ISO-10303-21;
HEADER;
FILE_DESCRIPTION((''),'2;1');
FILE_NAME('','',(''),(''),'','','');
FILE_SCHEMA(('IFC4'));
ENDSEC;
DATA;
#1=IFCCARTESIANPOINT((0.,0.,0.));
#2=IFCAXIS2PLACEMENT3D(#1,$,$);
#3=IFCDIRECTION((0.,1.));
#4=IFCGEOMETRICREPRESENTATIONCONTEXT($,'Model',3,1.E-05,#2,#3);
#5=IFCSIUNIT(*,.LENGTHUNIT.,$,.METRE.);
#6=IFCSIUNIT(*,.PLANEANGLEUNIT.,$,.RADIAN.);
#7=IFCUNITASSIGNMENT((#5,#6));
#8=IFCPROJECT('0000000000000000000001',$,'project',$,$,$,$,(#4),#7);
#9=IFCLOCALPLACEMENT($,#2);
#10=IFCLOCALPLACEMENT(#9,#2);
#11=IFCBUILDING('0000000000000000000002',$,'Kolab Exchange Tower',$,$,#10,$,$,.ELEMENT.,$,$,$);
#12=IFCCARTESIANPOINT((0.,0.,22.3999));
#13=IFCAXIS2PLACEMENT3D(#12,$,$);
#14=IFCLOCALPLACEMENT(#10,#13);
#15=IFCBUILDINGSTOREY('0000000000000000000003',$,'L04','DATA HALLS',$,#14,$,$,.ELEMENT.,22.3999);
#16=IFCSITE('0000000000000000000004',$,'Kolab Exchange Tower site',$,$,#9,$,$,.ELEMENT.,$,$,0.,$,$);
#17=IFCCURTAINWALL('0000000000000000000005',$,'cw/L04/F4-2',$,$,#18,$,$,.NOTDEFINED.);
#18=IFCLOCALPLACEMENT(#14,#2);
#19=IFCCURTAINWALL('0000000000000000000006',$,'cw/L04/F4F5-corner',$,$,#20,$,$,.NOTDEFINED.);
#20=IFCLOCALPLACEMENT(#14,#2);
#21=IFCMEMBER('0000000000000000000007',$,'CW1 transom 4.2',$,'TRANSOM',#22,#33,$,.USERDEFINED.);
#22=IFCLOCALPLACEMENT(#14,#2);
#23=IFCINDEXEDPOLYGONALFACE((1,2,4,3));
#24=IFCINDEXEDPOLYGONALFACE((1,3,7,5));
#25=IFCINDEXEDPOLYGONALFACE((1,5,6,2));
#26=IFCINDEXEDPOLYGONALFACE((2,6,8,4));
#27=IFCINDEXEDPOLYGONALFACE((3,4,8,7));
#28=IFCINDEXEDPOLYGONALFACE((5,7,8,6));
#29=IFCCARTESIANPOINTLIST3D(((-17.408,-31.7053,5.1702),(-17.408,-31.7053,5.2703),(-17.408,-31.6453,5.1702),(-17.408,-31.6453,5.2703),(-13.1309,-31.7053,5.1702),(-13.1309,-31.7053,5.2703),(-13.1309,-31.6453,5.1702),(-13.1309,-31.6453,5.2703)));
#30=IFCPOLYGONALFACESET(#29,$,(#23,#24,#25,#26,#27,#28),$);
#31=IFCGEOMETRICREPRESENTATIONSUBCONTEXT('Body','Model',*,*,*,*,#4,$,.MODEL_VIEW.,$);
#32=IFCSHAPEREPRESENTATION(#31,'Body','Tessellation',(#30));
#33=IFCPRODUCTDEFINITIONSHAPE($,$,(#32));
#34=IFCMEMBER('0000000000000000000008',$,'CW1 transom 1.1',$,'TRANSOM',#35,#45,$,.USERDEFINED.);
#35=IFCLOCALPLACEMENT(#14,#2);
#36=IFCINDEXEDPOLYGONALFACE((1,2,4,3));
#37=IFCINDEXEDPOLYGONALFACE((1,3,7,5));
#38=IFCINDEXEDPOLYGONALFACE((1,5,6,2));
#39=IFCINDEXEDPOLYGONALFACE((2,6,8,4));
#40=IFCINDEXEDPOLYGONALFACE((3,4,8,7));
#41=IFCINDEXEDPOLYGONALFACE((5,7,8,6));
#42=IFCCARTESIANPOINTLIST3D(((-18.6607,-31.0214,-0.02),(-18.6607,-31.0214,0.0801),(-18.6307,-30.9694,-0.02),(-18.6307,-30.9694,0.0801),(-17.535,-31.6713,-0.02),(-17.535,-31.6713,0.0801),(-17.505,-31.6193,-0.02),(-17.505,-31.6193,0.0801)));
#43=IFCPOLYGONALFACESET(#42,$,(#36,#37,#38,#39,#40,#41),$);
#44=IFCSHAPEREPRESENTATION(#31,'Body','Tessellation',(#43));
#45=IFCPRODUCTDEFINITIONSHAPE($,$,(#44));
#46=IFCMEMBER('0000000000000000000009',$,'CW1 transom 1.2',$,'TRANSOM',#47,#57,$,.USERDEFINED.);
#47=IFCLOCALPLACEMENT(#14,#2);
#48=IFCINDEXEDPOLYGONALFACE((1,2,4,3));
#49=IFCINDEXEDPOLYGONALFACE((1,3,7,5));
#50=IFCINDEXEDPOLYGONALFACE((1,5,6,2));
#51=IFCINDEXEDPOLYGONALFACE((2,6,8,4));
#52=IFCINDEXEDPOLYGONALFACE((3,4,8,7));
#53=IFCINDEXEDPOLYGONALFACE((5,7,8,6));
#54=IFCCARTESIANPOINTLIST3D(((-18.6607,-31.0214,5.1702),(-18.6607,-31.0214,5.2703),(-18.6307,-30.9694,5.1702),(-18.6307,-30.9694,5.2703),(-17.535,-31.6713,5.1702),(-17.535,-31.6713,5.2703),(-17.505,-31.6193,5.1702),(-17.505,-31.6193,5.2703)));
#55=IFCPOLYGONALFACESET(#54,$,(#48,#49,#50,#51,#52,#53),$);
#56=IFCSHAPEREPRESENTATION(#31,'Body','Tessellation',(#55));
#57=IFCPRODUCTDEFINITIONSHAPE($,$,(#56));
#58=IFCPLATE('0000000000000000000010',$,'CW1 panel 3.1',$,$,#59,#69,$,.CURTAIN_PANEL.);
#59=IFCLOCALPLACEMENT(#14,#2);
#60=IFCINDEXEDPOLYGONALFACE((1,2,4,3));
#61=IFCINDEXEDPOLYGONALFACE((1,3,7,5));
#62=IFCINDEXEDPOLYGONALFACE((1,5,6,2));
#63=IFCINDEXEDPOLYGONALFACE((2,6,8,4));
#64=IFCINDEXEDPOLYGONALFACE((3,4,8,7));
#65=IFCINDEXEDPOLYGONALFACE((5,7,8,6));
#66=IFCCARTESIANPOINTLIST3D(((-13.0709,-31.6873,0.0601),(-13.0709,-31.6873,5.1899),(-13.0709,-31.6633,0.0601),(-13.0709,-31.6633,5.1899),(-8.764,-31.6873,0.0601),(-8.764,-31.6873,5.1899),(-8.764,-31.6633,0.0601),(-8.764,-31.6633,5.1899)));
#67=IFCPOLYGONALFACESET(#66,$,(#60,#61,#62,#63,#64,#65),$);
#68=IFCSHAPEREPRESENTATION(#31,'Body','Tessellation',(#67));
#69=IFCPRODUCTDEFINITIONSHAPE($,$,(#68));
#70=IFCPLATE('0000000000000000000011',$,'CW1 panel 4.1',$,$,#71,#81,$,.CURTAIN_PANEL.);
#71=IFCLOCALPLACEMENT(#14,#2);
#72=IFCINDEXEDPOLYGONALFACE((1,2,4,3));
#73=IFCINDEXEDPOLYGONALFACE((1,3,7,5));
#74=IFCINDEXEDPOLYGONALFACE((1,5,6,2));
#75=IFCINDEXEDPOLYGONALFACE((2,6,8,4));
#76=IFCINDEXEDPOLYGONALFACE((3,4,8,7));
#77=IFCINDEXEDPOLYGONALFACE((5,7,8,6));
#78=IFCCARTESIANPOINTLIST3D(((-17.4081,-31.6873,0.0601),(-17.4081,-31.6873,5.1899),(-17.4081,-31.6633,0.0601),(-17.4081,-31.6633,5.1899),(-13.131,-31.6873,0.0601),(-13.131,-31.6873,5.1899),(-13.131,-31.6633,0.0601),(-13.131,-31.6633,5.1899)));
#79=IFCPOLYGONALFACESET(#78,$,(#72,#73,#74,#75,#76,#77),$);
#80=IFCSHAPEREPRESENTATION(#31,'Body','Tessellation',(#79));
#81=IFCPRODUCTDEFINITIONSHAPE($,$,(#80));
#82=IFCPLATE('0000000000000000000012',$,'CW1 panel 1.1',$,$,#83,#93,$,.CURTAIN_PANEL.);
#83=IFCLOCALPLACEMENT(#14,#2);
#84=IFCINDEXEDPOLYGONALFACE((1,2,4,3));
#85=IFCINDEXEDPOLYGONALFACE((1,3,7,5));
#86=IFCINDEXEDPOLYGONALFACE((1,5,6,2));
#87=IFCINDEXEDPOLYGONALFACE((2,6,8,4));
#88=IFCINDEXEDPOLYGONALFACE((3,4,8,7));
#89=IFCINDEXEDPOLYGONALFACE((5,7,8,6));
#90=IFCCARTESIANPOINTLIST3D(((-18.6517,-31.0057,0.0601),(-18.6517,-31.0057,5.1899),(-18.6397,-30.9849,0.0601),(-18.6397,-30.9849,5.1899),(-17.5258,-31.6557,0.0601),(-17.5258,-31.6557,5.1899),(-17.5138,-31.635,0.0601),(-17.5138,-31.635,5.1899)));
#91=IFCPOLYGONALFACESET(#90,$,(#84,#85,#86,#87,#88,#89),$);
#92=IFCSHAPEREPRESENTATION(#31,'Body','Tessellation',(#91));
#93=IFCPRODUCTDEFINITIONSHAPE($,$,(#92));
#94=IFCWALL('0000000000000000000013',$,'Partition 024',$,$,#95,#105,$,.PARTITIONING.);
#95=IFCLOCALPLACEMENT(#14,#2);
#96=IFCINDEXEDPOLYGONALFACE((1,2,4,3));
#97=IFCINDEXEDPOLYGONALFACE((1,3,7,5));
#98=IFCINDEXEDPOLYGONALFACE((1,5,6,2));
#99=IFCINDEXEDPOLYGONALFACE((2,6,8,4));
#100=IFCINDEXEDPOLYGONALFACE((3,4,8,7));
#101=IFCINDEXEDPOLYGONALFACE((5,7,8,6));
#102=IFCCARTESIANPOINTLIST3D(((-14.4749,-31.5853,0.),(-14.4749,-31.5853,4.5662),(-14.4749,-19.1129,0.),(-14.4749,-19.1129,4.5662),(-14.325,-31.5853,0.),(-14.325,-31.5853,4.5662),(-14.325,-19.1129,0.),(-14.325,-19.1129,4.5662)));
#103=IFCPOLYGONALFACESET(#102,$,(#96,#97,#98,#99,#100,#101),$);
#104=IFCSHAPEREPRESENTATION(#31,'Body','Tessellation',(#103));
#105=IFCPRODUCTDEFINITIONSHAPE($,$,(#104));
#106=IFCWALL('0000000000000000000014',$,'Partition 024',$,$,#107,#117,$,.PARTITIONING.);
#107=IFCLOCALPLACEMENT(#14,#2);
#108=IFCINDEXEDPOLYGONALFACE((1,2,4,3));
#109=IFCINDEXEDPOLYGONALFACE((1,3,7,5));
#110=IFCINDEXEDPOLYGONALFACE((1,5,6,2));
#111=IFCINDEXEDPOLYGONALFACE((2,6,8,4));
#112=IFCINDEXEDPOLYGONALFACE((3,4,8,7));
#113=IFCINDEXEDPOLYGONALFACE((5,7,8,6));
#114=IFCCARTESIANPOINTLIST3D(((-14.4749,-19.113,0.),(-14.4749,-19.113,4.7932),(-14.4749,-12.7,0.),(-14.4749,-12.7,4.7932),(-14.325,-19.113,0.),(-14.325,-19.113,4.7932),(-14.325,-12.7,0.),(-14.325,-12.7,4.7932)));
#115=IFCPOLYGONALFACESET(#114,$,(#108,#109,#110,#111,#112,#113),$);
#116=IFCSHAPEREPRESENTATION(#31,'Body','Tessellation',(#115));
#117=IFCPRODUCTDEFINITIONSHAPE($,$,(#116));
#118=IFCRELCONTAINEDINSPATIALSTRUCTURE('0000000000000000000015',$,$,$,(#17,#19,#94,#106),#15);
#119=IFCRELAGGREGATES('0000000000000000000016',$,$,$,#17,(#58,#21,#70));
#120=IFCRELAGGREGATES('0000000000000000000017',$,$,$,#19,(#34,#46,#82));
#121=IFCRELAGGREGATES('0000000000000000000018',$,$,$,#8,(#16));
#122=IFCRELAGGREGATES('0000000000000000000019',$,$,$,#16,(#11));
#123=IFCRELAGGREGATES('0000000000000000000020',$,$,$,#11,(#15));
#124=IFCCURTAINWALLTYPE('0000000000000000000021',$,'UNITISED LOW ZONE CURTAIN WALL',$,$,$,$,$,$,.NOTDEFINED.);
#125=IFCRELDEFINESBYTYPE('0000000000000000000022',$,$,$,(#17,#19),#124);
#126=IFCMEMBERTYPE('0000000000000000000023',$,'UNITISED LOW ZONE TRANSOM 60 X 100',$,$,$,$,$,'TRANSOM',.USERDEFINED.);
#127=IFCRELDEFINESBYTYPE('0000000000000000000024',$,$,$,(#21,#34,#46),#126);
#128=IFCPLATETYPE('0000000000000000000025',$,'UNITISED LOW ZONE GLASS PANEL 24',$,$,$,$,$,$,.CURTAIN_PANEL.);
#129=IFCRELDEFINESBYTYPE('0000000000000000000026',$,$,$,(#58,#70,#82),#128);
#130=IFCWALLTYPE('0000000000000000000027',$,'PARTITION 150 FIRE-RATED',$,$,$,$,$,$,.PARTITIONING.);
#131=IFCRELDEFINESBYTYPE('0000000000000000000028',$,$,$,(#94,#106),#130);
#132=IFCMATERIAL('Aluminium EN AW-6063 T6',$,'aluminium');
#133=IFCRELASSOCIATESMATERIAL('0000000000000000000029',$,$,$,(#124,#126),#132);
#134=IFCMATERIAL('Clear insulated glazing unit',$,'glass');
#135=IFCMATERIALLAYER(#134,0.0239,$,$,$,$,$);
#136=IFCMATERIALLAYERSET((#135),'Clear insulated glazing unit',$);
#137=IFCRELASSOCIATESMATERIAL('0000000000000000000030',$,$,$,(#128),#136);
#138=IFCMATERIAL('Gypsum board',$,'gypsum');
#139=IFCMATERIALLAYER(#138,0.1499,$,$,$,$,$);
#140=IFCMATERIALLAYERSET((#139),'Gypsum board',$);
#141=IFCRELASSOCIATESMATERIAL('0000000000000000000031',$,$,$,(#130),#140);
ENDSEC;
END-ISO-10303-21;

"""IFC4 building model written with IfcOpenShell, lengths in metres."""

from ifc_helpers import new_model, si_unit, direction, frame, frame_2d, origin, origin_2d, place, context, subcontext, project, spatial, rectangle, extrude, material, layer, layer_set, material_profile, profile_set, type_object, element, aggregate, save


model = new_model("IFC4")

# Units and contexts
model_context = context("Model", 3, precision=1e-05, world=origin(), true_north=direction((0.0, 1.0)))
body_context = subcontext(model_context, "Body", "Model", "MODEL_VIEW")
ifc_project = project(units=[si_unit("LENGTHUNIT", "METRE"), si_unit("PLANEANGLEUNIT", "RADIAN")], contexts=[model_context])

# Site, building, storey
site_placement = place(None, origin())
site = spatial("IfcSite", under=ifc_project, at=site_placement, Name="Kolab Exchange Tower site", CompositionType="ELEMENT", RefElevation=0.0)
building_placement = place(site_placement, origin())
building = spatial("IfcBuilding", under=site, at=building_placement, Name="Kolab Exchange Tower", CompositionType="ELEMENT")
storey_placement = place(building_placement, frame((0.0, 0.0, 22.3999)))
storey = spatial("IfcBuildingStorey", under=building, at=storey_placement, Name="L04", Description="DATA HALLS", CompositionType="ELEMENT", Elevation=22.3999)

# Curtain wall
ifc_material_1 = material(Name="Aluminium EN AW-6063 T6", Category="aluminium")
curtain_wall_type = type_object("IfcCurtainWallType", Name="UNITISED LOW ZONE CURTAIN WALL", PredefinedType="NOTDEFINED", material=ifc_material_1)
curtain_wall_1_placement = place(storey_placement, origin())
curtain_wall_1 = element("IfcCurtainWall", 1, at=curtain_wall_1_placement, inside=storey, type_object=curtain_wall_type, Name="cw/L04/F4-2", PredefinedType="NOTDEFINED")

# Curtain wall
curtain_wall_2_placement = place(storey_placement, origin())
curtain_wall_2 = element("IfcCurtainWall", 2, at=curtain_wall_2_placement, inside=storey, type_object=curtain_wall_type, Name="cw/L04/F4F5-corner", PredefinedType="NOTDEFINED")

# Members
ifc_material_profile_1 = material_profile(ifc_material_1, rectangle(XDim=0.0601, YDim=0.1001, at=origin_2d()), Name="RECT 60X100")
ifc_profile_set_1 = profile_set([ifc_material_profile_1], Name="Aluminium EN AW-6063 T6")
member_type_1 = type_object("IfcMemberType", Name="UNITISED LOW ZONE TRANSOM 60 X 100", ElementType="TRANSOM", PredefinedType="USERDEFINED", material=ifc_profile_set_1)
member_1_placement = place(storey_placement, frame((-13.1309, -31.6753, 5.2202), z_axis=(-1.0, 0.0, 0.0), x_axis=(0.0, -1.0, 0.0)))
member_1 = element("IfcMember", 3, at=member_1_placement, type_object=member_type_1, Name="CW1 transom 4.2", ObjectType="TRANSOM", PredefinedType="USERDEFINED", context=body_context, shape_type="SweptSolid", body=[
    extrude(rectangle(XDim=0.0601, YDim=0.1001, at=origin_2d()), origin(), (0.0, 0.0, 1.0), 4.2771),
])
member_2_placement = place(storey_placement, frame((-17.52, -31.6453, 0.03), z_axis=(-0.866039, 0.499977, 0.0), x_axis=(-0.499977, -0.866039, 0.0)))
member_2 = element("IfcMember", 4, at=member_2_placement, type_object=member_type_1, Name="CW1 transom 1.1", ObjectType="TRANSOM", PredefinedType="USERDEFINED", context=body_context, shape_type="SweptSolid", body=[
    extrude(rectangle(XDim=0.0601, YDim=0.1001, at=origin_2d()), origin(), (0.0, 0.0, 1.0), 1.2998),
])
member_3_placement = place(storey_placement, frame((-17.52, -31.6453, 5.2202), z_axis=(-0.866039, 0.499977, 0.0), x_axis=(-0.499977, -0.866039, 0.0)))
member_3 = element("IfcMember", 5, at=member_3_placement, type_object=member_type_1, Name="CW1 transom 1.2", ObjectType="TRANSOM", PredefinedType="USERDEFINED", context=body_context, shape_type="SweptSolid", body=[
    extrude(rectangle(XDim=0.0601, YDim=0.1001, at=origin_2d()), origin(), (0.0, 0.0, 1.0), 1.2998),
])

# Plates
ifc_material_2 = material(Name="Clear insulated glazing unit", Category="glass")
ifc_layer_1 = layer(ifc_material_2, 0.0239)
ifc_layer_set_1 = layer_set([ifc_layer_1], Name="Clear insulated glazing unit")
plate_type = type_object("IfcPlateType", Name="UNITISED LOW ZONE GLASS PANEL 24", PredefinedType="CURTAIN_PANEL", material=ifc_layer_set_1)
plate_1_placement = place(storey_placement, frame((-10.9175, -31.6753, 0.0601), z_axis=(0.0, 0.0, 1.0), x_axis=(-1.0, 0.0, 0.0)))
plate_1 = element("IfcPlate", 6, at=plate_1_placement, type_object=plate_type, Name="CW1 panel 3.1", PredefinedType="CURTAIN_PANEL", context=body_context, shape_type="SweptSolid", body=[
    extrude(rectangle(XDim=4.3069, YDim=0.0239, at=origin_2d()), origin(), (0.0, 0.0, 1.0), 5.1299),
])
plate_2_placement = place(storey_placement, frame((-15.2695, -31.6753, 0.0601), z_axis=(0.0, 0.0, 1.0), x_axis=(-1.0, 0.0, 0.0)))
plate_2 = element("IfcPlate", 7, at=plate_2_placement, type_object=plate_type, Name="CW1 panel 4.1", PredefinedType="CURTAIN_PANEL", context=body_context, shape_type="SweptSolid", body=[
    extrude(rectangle(XDim=4.2771, YDim=0.0239, at=origin_2d()), origin(), (0.0, 0.0, 1.0), 5.1299),
])
aggregate(curtain_wall_1, [plate_1, member_1, plate_2])
plate_3_placement = place(storey_placement, frame((-18.0828, -31.3203, 0.0601), z_axis=(0.0, 0.0, 1.0), x_axis=(-0.866025, 0.5, 0.0)))
plate_3 = element("IfcPlate", 8, at=plate_3_placement, type_object=plate_type, Name="CW1 panel 1.1", PredefinedType="CURTAIN_PANEL", context=body_context, shape_type="SweptSolid", body=[
    extrude(rectangle(XDim=1.3, YDim=0.0239, at=origin_2d()), origin(), (0.0, 0.0, 1.0), 5.1299),
])
aggregate(curtain_wall_2, [member_2, member_3, plate_3])

# Walls
ifc_material_3 = material(Name="Gypsum board", Category="gypsum")
ifc_layer_2 = layer(ifc_material_3, 0.1499)
ifc_layer_set_2 = layer_set([ifc_layer_2], Name="Gypsum board")
wall_type = type_object("IfcWallType", Name="PARTITION 150 FIRE-RATED", PredefinedType="PARTITIONING", material=ifc_layer_set_2)
wall_1_placement = place(storey_placement, frame((-14.3999, -31.5854, 0.0), z_axis=(0.0, 0.0, 1.0), x_axis=(0.0, 1.0, 0.0)))
element("IfcWall", 9, at=wall_1_placement, inside=storey, type_object=wall_type, Name="Partition 024", PredefinedType="PARTITIONING", context=body_context, shape_type="SweptSolid", body=[
    extrude(rectangle(XDim=12.4724, YDim=0.1499, at=frame_2d((6.2363, 0.0))), origin(), (0.0, 0.0, 1.0), 4.5662),
])
wall_2_placement = place(storey_placement, frame((-14.3999, -19.113, 0.0), z_axis=(0.0, 0.0, 1.0), x_axis=(0.0, 1.0, 0.0)))
element("IfcWall", 10, at=wall_2_placement, inside=storey, type_object=wall_type, Name="Partition 024", PredefinedType="PARTITIONING", context=body_context, shape_type="SweptSolid", body=[
    extrude(rectangle(XDim=6.4131, YDim=0.1499, at=frame_2d((3.2065, 0.0))), origin(), (0.0, 0.0, 1.0), 4.7932),
])

save(model, "model.ifc")
